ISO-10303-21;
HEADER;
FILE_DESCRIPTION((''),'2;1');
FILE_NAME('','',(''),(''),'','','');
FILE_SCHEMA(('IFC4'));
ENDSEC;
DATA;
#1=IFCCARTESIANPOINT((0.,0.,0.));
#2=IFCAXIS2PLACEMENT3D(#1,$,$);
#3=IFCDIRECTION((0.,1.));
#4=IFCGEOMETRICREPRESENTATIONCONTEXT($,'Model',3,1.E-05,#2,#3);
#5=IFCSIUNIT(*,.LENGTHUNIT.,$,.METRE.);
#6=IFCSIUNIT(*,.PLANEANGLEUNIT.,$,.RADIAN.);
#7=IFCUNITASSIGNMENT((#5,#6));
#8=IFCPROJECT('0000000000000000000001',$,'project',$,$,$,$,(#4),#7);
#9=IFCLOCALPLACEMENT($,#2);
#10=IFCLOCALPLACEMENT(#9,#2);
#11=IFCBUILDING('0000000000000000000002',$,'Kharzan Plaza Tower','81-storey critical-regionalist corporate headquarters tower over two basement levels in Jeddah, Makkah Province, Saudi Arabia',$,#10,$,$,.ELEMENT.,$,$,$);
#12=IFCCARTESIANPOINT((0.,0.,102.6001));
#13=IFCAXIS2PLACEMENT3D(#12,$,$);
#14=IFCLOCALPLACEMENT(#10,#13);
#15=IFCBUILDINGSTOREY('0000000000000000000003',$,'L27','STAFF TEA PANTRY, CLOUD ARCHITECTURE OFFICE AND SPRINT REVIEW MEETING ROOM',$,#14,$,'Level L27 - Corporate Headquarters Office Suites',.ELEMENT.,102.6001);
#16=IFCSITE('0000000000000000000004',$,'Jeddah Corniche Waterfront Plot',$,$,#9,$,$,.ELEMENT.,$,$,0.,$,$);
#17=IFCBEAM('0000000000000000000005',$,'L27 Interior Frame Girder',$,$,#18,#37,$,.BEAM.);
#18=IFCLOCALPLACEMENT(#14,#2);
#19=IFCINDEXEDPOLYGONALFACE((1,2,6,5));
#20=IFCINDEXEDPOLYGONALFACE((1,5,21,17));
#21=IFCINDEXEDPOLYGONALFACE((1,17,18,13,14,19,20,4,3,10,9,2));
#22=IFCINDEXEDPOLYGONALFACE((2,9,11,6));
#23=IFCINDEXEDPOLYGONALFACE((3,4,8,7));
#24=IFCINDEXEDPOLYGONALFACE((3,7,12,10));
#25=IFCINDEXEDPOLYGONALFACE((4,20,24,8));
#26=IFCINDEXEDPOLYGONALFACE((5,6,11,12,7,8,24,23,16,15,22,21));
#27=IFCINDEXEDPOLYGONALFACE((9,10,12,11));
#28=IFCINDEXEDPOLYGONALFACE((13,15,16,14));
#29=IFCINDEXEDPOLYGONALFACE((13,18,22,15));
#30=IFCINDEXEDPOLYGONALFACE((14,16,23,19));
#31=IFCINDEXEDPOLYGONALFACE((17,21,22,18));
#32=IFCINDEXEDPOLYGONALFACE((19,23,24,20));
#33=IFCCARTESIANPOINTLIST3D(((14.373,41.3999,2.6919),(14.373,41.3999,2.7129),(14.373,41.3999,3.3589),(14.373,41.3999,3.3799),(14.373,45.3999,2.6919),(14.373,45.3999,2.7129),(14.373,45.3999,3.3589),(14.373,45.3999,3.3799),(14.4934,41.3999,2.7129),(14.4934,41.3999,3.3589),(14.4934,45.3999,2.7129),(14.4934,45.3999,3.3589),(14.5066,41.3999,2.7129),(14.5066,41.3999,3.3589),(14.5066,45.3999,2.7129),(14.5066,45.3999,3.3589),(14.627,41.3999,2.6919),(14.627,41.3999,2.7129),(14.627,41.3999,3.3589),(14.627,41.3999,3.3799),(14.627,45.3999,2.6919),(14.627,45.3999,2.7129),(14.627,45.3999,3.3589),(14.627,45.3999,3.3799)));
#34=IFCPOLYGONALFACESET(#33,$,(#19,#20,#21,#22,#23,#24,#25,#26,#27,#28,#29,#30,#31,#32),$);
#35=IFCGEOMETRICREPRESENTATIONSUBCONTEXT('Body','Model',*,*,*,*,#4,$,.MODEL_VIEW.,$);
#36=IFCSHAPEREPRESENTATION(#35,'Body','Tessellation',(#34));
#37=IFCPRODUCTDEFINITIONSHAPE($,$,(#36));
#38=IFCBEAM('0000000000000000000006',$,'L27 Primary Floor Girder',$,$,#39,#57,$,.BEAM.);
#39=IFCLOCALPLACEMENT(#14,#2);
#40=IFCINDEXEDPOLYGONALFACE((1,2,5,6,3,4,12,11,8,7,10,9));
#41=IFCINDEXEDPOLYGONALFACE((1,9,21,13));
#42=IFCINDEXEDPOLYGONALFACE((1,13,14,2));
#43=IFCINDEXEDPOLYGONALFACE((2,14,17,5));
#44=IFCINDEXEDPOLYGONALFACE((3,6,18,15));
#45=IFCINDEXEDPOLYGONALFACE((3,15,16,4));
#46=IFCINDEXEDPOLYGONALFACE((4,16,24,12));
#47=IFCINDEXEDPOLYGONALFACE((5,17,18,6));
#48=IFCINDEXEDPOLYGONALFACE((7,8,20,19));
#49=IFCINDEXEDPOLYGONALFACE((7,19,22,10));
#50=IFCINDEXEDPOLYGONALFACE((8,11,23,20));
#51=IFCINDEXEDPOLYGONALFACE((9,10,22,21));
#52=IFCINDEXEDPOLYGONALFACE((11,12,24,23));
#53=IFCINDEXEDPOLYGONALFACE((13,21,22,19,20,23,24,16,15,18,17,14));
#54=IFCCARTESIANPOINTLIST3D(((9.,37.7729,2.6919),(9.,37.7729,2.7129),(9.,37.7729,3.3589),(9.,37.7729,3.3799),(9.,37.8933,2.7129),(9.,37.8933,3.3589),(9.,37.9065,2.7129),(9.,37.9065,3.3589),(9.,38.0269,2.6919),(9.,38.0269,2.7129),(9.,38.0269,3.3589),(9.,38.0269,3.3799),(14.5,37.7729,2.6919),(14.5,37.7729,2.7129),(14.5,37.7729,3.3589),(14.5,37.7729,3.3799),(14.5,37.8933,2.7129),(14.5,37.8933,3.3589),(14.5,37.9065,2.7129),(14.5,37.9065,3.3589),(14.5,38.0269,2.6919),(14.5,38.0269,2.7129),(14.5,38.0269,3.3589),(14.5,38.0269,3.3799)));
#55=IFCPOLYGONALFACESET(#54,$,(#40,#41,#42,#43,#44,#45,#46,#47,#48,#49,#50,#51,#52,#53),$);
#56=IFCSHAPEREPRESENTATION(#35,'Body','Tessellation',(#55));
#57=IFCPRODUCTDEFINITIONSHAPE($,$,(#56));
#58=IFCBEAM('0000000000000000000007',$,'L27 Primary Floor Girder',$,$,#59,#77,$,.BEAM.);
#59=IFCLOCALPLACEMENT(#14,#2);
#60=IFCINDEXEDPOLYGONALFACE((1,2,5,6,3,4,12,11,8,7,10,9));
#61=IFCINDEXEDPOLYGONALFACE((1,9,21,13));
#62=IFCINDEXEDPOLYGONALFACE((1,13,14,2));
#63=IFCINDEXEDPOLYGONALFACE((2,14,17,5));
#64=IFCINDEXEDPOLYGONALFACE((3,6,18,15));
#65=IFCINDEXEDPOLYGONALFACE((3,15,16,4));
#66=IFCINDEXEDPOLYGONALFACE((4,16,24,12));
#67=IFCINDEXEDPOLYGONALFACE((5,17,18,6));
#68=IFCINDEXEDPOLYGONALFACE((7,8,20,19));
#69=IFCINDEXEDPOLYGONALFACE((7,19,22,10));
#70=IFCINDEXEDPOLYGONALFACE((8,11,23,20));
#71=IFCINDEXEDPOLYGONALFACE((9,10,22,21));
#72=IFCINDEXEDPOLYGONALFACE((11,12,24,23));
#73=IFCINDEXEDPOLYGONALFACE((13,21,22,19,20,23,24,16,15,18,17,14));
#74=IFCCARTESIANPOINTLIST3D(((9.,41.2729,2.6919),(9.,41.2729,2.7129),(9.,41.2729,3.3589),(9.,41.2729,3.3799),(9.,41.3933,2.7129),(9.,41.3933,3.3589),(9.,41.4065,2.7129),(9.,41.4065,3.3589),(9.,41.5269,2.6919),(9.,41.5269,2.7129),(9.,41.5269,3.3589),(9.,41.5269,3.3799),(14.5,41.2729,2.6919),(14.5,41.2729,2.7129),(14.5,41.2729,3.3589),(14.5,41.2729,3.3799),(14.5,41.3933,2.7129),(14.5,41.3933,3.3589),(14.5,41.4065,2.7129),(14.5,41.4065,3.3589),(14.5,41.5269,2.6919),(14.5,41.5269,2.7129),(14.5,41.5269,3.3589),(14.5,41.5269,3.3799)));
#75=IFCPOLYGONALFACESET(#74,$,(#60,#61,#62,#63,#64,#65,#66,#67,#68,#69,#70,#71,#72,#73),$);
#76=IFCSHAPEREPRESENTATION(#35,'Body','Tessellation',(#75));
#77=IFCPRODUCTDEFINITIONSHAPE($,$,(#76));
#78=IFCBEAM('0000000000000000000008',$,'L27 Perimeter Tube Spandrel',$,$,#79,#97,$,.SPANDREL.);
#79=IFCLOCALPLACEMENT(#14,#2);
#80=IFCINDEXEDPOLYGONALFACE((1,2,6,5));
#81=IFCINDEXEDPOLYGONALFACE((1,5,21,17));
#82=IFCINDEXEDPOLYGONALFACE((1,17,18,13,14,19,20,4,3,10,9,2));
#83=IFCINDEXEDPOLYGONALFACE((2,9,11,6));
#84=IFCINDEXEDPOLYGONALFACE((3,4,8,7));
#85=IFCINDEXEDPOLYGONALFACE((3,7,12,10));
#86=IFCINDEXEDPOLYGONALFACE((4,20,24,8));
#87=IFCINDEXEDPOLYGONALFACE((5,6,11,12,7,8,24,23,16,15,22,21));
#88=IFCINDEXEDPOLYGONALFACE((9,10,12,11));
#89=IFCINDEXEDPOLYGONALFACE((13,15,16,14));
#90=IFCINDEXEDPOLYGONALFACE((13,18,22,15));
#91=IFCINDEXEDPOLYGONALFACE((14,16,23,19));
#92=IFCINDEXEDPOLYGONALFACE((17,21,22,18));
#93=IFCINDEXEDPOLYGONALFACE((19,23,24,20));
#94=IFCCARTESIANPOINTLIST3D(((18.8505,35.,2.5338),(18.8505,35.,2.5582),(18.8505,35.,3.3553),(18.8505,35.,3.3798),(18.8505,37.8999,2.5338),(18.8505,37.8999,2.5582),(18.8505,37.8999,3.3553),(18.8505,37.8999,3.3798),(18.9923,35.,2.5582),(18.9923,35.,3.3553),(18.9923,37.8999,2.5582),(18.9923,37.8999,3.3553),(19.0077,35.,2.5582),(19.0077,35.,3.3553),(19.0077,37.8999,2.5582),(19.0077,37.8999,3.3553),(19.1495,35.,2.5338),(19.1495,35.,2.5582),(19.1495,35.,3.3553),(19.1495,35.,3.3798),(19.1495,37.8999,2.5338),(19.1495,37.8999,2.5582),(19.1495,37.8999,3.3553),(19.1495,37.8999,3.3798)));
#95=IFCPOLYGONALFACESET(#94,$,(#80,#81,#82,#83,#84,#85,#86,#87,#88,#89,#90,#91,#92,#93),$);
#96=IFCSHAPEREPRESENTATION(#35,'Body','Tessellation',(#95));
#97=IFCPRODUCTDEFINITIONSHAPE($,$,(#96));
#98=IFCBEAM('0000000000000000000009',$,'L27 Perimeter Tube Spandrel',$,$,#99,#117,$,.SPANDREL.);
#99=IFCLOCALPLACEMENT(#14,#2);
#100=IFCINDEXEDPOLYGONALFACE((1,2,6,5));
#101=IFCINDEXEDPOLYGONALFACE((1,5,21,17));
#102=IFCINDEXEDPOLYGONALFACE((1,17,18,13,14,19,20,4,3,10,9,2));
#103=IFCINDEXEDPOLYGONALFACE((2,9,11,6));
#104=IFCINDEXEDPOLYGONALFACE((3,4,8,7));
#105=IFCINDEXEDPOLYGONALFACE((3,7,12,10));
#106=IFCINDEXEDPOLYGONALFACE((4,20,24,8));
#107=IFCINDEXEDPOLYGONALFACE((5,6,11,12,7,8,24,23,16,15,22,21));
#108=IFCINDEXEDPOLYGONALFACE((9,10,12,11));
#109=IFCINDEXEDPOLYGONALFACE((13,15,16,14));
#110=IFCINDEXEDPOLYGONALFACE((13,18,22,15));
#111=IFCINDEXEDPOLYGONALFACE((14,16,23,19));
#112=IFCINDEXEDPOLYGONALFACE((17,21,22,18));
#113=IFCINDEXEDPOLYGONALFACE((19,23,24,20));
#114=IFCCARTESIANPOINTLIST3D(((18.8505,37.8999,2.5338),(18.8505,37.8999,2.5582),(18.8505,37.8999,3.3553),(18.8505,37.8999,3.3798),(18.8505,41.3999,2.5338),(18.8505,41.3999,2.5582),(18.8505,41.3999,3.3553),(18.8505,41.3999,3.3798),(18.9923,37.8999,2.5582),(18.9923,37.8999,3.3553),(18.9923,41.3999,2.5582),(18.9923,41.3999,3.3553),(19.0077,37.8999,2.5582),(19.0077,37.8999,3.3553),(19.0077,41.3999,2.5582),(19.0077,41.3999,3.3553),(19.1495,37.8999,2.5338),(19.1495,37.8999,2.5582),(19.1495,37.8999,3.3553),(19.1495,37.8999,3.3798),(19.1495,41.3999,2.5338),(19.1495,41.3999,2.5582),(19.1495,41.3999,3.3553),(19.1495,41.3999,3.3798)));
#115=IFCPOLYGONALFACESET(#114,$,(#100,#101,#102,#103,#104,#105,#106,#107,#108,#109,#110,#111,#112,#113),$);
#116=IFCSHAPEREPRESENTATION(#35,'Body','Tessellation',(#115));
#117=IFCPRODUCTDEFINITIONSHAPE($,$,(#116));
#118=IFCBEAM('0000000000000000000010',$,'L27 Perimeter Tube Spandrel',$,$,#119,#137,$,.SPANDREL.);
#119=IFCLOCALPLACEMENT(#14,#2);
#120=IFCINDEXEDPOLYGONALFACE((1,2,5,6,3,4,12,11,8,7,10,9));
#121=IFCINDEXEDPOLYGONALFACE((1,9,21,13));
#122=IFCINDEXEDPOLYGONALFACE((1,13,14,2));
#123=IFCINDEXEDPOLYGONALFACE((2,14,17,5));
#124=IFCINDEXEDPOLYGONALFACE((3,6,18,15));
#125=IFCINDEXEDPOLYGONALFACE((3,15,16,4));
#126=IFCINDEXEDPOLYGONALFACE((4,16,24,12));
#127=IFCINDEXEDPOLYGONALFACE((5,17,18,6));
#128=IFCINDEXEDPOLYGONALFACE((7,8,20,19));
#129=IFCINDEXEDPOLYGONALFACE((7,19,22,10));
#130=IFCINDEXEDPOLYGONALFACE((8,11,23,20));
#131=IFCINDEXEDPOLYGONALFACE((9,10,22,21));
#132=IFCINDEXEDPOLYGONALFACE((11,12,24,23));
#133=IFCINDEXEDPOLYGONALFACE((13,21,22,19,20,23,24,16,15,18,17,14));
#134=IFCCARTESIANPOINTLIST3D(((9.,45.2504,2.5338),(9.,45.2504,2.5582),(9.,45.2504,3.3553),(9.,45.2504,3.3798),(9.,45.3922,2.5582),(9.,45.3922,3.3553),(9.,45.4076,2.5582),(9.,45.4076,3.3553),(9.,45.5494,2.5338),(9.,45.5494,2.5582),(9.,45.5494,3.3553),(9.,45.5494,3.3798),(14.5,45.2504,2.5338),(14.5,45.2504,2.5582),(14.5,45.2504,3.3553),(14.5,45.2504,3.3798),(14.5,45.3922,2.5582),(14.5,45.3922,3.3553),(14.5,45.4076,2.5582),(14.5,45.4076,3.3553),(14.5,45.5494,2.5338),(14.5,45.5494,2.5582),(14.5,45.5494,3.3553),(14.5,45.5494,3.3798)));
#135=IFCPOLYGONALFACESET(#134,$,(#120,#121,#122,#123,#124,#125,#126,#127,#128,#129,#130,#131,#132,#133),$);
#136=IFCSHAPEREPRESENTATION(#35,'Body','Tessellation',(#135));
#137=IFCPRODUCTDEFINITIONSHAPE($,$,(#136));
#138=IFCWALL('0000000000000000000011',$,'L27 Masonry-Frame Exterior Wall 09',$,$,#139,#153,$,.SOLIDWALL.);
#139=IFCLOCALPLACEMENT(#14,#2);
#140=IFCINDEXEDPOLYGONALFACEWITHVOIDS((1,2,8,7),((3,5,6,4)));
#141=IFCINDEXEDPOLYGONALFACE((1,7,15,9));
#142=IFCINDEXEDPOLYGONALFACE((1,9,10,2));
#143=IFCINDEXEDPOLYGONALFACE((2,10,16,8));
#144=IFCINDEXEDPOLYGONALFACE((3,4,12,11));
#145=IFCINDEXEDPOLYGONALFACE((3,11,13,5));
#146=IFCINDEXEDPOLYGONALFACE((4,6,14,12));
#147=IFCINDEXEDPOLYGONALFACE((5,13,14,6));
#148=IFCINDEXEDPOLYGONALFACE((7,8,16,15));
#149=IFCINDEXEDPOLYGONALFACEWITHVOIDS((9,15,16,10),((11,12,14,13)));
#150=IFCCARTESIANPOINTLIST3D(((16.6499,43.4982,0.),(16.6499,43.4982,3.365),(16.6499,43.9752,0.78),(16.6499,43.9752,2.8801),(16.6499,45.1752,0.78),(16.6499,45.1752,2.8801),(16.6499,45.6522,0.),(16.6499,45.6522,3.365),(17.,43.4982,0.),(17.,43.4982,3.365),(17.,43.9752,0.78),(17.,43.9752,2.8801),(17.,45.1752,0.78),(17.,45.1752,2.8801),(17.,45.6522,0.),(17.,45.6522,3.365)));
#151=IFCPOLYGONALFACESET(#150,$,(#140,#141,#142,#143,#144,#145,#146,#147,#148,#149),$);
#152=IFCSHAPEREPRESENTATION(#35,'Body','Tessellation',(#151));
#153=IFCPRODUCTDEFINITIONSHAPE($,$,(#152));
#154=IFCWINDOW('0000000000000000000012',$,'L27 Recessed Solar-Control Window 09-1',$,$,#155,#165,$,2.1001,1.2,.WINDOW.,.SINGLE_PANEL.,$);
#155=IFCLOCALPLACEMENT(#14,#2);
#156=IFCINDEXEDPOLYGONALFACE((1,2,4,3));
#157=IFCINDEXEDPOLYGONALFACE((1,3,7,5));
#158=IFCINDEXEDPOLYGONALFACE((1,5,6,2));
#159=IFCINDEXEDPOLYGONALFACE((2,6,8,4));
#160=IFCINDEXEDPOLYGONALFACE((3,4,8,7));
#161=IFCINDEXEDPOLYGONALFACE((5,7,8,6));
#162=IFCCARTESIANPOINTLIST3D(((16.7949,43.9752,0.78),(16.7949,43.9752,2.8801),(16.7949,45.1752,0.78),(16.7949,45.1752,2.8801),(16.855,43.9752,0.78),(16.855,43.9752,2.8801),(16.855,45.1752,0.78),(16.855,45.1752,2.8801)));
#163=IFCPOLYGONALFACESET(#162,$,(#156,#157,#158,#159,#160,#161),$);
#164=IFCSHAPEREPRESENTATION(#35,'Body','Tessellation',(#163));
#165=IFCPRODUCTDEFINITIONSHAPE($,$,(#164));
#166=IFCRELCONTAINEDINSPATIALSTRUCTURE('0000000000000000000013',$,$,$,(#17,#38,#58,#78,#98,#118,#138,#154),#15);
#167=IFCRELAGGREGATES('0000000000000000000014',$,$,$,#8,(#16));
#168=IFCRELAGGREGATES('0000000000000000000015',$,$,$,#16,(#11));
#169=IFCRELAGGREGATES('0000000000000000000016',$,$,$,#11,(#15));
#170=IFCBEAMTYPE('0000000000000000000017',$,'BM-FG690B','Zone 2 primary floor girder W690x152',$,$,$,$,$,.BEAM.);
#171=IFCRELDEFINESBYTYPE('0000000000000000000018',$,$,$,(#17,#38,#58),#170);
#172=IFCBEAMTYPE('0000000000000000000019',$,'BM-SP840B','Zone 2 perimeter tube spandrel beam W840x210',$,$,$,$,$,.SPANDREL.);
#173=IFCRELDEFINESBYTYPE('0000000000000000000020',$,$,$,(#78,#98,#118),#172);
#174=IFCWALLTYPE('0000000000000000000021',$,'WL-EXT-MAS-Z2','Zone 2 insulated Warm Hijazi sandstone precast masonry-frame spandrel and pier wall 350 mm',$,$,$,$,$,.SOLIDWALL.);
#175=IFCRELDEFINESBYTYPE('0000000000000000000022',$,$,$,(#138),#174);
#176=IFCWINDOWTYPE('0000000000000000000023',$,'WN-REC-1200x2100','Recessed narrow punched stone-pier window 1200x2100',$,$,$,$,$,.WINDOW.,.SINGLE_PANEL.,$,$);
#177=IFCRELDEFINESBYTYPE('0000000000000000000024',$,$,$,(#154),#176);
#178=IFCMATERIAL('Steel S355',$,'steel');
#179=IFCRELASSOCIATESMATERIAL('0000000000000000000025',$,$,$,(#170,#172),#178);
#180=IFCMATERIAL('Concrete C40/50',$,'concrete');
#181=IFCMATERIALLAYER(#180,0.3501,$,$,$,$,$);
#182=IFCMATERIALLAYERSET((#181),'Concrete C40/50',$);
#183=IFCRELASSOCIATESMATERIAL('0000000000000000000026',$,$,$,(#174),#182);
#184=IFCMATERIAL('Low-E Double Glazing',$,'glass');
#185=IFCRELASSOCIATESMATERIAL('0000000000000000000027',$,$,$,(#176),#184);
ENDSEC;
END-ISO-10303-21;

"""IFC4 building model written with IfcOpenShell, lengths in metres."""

from ifc_helpers import new_model, si_unit, direction, frame, frame_2d, origin, origin_2d, place, context, subcontext, project, spatial, rectangle, i_section, extrude, source, transform, mapped, material, layer, layer_set, material_profile, profile_set, type_object, element, fill, save


model = new_model("IFC4")

# Units and contexts
model_context = context("Model", 3, precision=1e-05, world=origin(), true_north=direction((0.0, 1.0)))
body_context = subcontext(model_context, "Body", "Model", "MODEL_VIEW")
ifc_project = project(units=[si_unit("LENGTHUNIT", "METRE"), si_unit("PLANEANGLEUNIT", "RADIAN")], contexts=[model_context])

# Site, building, storey
site_placement = place(None, origin())
site = spatial("IfcSite", under=ifc_project, at=site_placement, Name="Jeddah Corniche Waterfront Plot", CompositionType="ELEMENT", RefElevation=0.0)
building_placement = place(site_placement, origin())
building = spatial("IfcBuilding", under=site, at=building_placement, Name="Kharzan Plaza Tower", Description="81-storey critical-regionalist corporate headquarters tower over two basement levels in Jeddah, Makkah Province, Saudi Arabia", CompositionType="ELEMENT")
storey_placement = place(building_placement, frame((0.0, 0.0, 102.6001)))
storey = spatial("IfcBuildingStorey", under=building, at=storey_placement, Name="L27", Description="STAFF TEA PANTRY, CLOUD ARCHITECTURE OFFICE AND SPRINT REVIEW MEETING ROOM", LongName="Level L27 - Corporate Headquarters Office Suites", CompositionType="ELEMENT", Elevation=102.6001)

# Beams
ifc_material_1 = material(Name="Steel S355", Category="steel")
ifc_material_profile_1 = material_profile(ifc_material_1, i_section(OverallWidth=0.2539, OverallDepth=0.688, WebThickness=0.0132, FlangeThickness=0.021, at=origin_2d()), Name="W690x152")
ifc_profile_set_1 = profile_set([ifc_material_profile_1], Name="Steel S355")
beam_type_1 = type_object("IfcBeamType", Name="BM-FG690B", Description="Zone 2 primary floor girder W690x152", PredefinedType="BEAM", material=ifc_profile_set_1)
shared_shape_1 = source(origin(), body_context, "Body", "SweptSolid", [
    extrude(i_section(OverallWidth=0.2539, OverallDepth=0.688, WebThickness=0.0132, FlangeThickness=0.021, at=origin_2d()), origin(), (0.0, 0.0, 1.0), 4.0),
])
for number, where, z_axis, x_axis, name in (
    (1, (14.5, 41.3999, 3.0359), (0.0, 1.0, 0.0), (-1.0, 0.0, 0.0), "L27 Interior Frame Girder"),
):
    element("IfcBeam", number, at=place(storey_placement, frame(where, z_axis=z_axis, x_axis=x_axis)), inside=storey, type_object=beam_type_1, Name=name, PredefinedType="BEAM", context=body_context, shape_type="MappedRepresentation", body=[
        mapped(shared_shape_1, transform((0.0, 0.0, 0.0), x_axis=(1.0, 0.0, 0.0), y_axis=(0.0, 1.0, 0.0), z_axis=(0.0, 0.0, 1.0))),
    ])
shared_shape_2 = source(origin(), body_context, "Body", "SweptSolid", [
    extrude(i_section(OverallWidth=0.2539, OverallDepth=0.688, WebThickness=0.0132, FlangeThickness=0.021, at=origin_2d()), origin(), (0.0, 0.0, 1.0), 5.5),
])
for number, where, z_axis, x_axis, name in (
    (2, (9.0, 37.8999, 3.0359), (1.0, 0.0, 0.0), (0.0, 1.0, 0.0), "L27 Primary Floor Girder"),
    (3, (9.0, 41.3999, 3.0359), (1.0, 0.0, 0.0), (0.0, 1.0, 0.0), "L27 Primary Floor Girder"),
):
    element("IfcBeam", number, at=place(storey_placement, frame(where, z_axis=z_axis, x_axis=x_axis)), inside=storey, type_object=beam_type_1, Name=name, PredefinedType="BEAM", context=body_context, shape_type="MappedRepresentation", body=[
        mapped(shared_shape_2, transform((0.0, 0.0, 0.0), x_axis=(1.0, 0.0, 0.0), y_axis=(0.0, 1.0, 0.0), z_axis=(0.0, 0.0, 1.0))),
    ])
ifc_material_profile_2 = material_profile(ifc_material_1, i_section(OverallWidth=0.2991, OverallDepth=0.8459, WebThickness=0.0154, FlangeThickness=0.0244, at=origin_2d()), Name="W840x210")
ifc_profile_set_2 = profile_set([ifc_material_profile_2], Name="Steel S355")
beam_type_2 = type_object("IfcBeamType", Name="BM-SP840B", Description="Zone 2 perimeter tube spandrel beam W840x210", PredefinedType="SPANDREL", material=ifc_profile_set_2)
shared_shape_3 = source(origin(), body_context, "Body", "SweptSolid", [
    extrude(i_section(OverallWidth=0.2991, OverallDepth=0.8459, WebThickness=0.0154, FlangeThickness=0.0244, at=origin_2d()), origin(), (0.0, 0.0, 1.0), 2.8999),
])
beam_1_placement = place(storey_placement, frame((19.0, 35.0, 2.9568), z_axis=(0.0, 1.0, 0.0), x_axis=(-1.0, 0.0, 0.0)))
element("IfcBeam", 4, at=beam_1_placement, inside=storey, type_object=beam_type_2, Name="L27 Perimeter Tube Spandrel", PredefinedType="SPANDREL", context=body_context, shape_type="MappedRepresentation", body=[
    mapped(shared_shape_3, transform((0.0, 0.0, 0.0), x_axis=(1.0, 0.0, 0.0), y_axis=(0.0, 1.0, 0.0), z_axis=(0.0, 0.0, 1.0))),
])
shared_shape_4 = source(origin(), body_context, "Body", "SweptSolid", [
    extrude(i_section(OverallWidth=0.2991, OverallDepth=0.8459, WebThickness=0.0154, FlangeThickness=0.0244, at=origin_2d()), origin(), (0.0, 0.0, 1.0), 3.5),
])
beam_2_placement = place(storey_placement, frame((19.0, 37.8999, 2.9568), z_axis=(0.0, 1.0, 0.0), x_axis=(-1.0, 0.0, 0.0)))
element("IfcBeam", 5, at=beam_2_placement, inside=storey, type_object=beam_type_2, Name="L27 Perimeter Tube Spandrel", PredefinedType="SPANDREL", context=body_context, shape_type="MappedRepresentation", body=[
    mapped(shared_shape_4, transform((0.0, 0.0, 0.0), x_axis=(1.0, 0.0, 0.0), y_axis=(0.0, 1.0, 0.0), z_axis=(0.0, 0.0, 1.0))),
])
shared_shape_5 = source(origin(), body_context, "Body", "SweptSolid", [
    extrude(i_section(OverallWidth=0.2991, OverallDepth=0.8459, WebThickness=0.0154, FlangeThickness=0.0244, at=origin_2d()), origin(), (0.0, 0.0, 1.0), 5.5),
])
beam_3_placement = place(storey_placement, frame((9.0, 45.3999, 2.9568), z_axis=(1.0, 0.0, 0.0), x_axis=(0.0, 1.0, 0.0)))
element("IfcBeam", 6, at=beam_3_placement, inside=storey, type_object=beam_type_2, Name="L27 Perimeter Tube Spandrel", PredefinedType="SPANDREL", context=body_context, shape_type="MappedRepresentation", body=[
    mapped(shared_shape_5, transform((0.0, 0.0, 0.0), x_axis=(1.0, 0.0, 0.0), y_axis=(0.0, 1.0, 0.0), z_axis=(0.0, 0.0, 1.0))),
])

# Wall, opening, window
ifc_material_2 = material(Name="Concrete C40/50", Category="concrete")
ifc_layer_1 = layer(ifc_material_2, 0.3501)
ifc_layer_set_1 = layer_set([ifc_layer_1], Name="Concrete C40/50")
wall_type_1 = type_object("IfcWallType", Name="WL-EXT-MAS-Z2", Description="Zone 2 insulated Warm Hijazi sandstone precast masonry-frame spandrel and pier wall 350 mm", PredefinedType="SOLIDWALL", material=ifc_layer_set_1)
wall_1_placement = place(storey_placement, frame((16.825, 43.498, 0.0), z_axis=(0.0, 0.0, 1.0), x_axis=(0.0, 1.0, 0.0)))
wall_1 = element("IfcWall", 7, at=wall_1_placement, inside=storey, type_object=wall_type_1, Name="L27 Masonry-Frame Exterior Wall 09", PredefinedType="SOLIDWALL", context=body_context, shape_type="SweptSolid", body=[
    extrude(rectangle(XDim=2.1541, YDim=0.3501, at=frame_2d((1.0771, 0.0))), origin(), (0.0, 0.0, 1.0), 3.365),
])
opening_1_placement = place(wall_1_placement, frame((0.4771, 0.0, 0.78)))
opening_1 = element("IfcOpeningElement", 8, at=opening_1_placement, cuts=wall_1, PredefinedType="OPENING", context=body_context, shape_type="SweptSolid", body=[
    extrude(rectangle(XDim=1.2, YDim=2.1001, at=frame_2d((0.6001, 1.05))), frame((0.0, 0.1851, 0.0), z_axis=(0.0, -1.0, 0.0), x_axis=(1.0, 0.0, 0.0)), (0.0, 0.0, 1.0), 0.3701),
])
ifc_material_3 = material(Name="Low-E Double Glazing", Category="glass")
window_type_1 = type_object("IfcWindowType", Name="WN-REC-1200x2100", Description="Recessed narrow punched stone-pier window 1200x2100", PartitioningType="SINGLE_PANEL", PredefinedType="WINDOW", material=ifc_material_3)
shared_shape_6 = source(origin(), body_context, "Body", "SweptSolid", [
    extrude(rectangle(XDim=1.2, YDim=2.1001, at=frame_2d((0.6001, 1.05))), frame((0.0, 0.03, 0.0), z_axis=(0.0, -1.0, 0.0), x_axis=(1.0, 0.0, 0.0)), (0.0, 0.0, 1.0), 0.0601),
])
window_1_placement = place(opening_1_placement, origin())
window_1 = element("IfcWindow", 9, at=window_1_placement, inside=storey, type_object=window_type_1, Name="L27 Recessed Solar-Control Window 09-1", OverallHeight=2.1001, OverallWidth=1.2, PartitioningType="SINGLE_PANEL", PredefinedType="WINDOW", context=body_context, shape_type="MappedRepresentation", body=[
    mapped(shared_shape_6, transform((0.0, 0.0, 0.0), x_axis=(1.0, 0.0, 0.0), y_axis=(0.0, 1.0, 0.0), z_axis=(0.0, 0.0, 1.0))),
])
fill(opening_1, window_1)

save(model, "model.ifc")
